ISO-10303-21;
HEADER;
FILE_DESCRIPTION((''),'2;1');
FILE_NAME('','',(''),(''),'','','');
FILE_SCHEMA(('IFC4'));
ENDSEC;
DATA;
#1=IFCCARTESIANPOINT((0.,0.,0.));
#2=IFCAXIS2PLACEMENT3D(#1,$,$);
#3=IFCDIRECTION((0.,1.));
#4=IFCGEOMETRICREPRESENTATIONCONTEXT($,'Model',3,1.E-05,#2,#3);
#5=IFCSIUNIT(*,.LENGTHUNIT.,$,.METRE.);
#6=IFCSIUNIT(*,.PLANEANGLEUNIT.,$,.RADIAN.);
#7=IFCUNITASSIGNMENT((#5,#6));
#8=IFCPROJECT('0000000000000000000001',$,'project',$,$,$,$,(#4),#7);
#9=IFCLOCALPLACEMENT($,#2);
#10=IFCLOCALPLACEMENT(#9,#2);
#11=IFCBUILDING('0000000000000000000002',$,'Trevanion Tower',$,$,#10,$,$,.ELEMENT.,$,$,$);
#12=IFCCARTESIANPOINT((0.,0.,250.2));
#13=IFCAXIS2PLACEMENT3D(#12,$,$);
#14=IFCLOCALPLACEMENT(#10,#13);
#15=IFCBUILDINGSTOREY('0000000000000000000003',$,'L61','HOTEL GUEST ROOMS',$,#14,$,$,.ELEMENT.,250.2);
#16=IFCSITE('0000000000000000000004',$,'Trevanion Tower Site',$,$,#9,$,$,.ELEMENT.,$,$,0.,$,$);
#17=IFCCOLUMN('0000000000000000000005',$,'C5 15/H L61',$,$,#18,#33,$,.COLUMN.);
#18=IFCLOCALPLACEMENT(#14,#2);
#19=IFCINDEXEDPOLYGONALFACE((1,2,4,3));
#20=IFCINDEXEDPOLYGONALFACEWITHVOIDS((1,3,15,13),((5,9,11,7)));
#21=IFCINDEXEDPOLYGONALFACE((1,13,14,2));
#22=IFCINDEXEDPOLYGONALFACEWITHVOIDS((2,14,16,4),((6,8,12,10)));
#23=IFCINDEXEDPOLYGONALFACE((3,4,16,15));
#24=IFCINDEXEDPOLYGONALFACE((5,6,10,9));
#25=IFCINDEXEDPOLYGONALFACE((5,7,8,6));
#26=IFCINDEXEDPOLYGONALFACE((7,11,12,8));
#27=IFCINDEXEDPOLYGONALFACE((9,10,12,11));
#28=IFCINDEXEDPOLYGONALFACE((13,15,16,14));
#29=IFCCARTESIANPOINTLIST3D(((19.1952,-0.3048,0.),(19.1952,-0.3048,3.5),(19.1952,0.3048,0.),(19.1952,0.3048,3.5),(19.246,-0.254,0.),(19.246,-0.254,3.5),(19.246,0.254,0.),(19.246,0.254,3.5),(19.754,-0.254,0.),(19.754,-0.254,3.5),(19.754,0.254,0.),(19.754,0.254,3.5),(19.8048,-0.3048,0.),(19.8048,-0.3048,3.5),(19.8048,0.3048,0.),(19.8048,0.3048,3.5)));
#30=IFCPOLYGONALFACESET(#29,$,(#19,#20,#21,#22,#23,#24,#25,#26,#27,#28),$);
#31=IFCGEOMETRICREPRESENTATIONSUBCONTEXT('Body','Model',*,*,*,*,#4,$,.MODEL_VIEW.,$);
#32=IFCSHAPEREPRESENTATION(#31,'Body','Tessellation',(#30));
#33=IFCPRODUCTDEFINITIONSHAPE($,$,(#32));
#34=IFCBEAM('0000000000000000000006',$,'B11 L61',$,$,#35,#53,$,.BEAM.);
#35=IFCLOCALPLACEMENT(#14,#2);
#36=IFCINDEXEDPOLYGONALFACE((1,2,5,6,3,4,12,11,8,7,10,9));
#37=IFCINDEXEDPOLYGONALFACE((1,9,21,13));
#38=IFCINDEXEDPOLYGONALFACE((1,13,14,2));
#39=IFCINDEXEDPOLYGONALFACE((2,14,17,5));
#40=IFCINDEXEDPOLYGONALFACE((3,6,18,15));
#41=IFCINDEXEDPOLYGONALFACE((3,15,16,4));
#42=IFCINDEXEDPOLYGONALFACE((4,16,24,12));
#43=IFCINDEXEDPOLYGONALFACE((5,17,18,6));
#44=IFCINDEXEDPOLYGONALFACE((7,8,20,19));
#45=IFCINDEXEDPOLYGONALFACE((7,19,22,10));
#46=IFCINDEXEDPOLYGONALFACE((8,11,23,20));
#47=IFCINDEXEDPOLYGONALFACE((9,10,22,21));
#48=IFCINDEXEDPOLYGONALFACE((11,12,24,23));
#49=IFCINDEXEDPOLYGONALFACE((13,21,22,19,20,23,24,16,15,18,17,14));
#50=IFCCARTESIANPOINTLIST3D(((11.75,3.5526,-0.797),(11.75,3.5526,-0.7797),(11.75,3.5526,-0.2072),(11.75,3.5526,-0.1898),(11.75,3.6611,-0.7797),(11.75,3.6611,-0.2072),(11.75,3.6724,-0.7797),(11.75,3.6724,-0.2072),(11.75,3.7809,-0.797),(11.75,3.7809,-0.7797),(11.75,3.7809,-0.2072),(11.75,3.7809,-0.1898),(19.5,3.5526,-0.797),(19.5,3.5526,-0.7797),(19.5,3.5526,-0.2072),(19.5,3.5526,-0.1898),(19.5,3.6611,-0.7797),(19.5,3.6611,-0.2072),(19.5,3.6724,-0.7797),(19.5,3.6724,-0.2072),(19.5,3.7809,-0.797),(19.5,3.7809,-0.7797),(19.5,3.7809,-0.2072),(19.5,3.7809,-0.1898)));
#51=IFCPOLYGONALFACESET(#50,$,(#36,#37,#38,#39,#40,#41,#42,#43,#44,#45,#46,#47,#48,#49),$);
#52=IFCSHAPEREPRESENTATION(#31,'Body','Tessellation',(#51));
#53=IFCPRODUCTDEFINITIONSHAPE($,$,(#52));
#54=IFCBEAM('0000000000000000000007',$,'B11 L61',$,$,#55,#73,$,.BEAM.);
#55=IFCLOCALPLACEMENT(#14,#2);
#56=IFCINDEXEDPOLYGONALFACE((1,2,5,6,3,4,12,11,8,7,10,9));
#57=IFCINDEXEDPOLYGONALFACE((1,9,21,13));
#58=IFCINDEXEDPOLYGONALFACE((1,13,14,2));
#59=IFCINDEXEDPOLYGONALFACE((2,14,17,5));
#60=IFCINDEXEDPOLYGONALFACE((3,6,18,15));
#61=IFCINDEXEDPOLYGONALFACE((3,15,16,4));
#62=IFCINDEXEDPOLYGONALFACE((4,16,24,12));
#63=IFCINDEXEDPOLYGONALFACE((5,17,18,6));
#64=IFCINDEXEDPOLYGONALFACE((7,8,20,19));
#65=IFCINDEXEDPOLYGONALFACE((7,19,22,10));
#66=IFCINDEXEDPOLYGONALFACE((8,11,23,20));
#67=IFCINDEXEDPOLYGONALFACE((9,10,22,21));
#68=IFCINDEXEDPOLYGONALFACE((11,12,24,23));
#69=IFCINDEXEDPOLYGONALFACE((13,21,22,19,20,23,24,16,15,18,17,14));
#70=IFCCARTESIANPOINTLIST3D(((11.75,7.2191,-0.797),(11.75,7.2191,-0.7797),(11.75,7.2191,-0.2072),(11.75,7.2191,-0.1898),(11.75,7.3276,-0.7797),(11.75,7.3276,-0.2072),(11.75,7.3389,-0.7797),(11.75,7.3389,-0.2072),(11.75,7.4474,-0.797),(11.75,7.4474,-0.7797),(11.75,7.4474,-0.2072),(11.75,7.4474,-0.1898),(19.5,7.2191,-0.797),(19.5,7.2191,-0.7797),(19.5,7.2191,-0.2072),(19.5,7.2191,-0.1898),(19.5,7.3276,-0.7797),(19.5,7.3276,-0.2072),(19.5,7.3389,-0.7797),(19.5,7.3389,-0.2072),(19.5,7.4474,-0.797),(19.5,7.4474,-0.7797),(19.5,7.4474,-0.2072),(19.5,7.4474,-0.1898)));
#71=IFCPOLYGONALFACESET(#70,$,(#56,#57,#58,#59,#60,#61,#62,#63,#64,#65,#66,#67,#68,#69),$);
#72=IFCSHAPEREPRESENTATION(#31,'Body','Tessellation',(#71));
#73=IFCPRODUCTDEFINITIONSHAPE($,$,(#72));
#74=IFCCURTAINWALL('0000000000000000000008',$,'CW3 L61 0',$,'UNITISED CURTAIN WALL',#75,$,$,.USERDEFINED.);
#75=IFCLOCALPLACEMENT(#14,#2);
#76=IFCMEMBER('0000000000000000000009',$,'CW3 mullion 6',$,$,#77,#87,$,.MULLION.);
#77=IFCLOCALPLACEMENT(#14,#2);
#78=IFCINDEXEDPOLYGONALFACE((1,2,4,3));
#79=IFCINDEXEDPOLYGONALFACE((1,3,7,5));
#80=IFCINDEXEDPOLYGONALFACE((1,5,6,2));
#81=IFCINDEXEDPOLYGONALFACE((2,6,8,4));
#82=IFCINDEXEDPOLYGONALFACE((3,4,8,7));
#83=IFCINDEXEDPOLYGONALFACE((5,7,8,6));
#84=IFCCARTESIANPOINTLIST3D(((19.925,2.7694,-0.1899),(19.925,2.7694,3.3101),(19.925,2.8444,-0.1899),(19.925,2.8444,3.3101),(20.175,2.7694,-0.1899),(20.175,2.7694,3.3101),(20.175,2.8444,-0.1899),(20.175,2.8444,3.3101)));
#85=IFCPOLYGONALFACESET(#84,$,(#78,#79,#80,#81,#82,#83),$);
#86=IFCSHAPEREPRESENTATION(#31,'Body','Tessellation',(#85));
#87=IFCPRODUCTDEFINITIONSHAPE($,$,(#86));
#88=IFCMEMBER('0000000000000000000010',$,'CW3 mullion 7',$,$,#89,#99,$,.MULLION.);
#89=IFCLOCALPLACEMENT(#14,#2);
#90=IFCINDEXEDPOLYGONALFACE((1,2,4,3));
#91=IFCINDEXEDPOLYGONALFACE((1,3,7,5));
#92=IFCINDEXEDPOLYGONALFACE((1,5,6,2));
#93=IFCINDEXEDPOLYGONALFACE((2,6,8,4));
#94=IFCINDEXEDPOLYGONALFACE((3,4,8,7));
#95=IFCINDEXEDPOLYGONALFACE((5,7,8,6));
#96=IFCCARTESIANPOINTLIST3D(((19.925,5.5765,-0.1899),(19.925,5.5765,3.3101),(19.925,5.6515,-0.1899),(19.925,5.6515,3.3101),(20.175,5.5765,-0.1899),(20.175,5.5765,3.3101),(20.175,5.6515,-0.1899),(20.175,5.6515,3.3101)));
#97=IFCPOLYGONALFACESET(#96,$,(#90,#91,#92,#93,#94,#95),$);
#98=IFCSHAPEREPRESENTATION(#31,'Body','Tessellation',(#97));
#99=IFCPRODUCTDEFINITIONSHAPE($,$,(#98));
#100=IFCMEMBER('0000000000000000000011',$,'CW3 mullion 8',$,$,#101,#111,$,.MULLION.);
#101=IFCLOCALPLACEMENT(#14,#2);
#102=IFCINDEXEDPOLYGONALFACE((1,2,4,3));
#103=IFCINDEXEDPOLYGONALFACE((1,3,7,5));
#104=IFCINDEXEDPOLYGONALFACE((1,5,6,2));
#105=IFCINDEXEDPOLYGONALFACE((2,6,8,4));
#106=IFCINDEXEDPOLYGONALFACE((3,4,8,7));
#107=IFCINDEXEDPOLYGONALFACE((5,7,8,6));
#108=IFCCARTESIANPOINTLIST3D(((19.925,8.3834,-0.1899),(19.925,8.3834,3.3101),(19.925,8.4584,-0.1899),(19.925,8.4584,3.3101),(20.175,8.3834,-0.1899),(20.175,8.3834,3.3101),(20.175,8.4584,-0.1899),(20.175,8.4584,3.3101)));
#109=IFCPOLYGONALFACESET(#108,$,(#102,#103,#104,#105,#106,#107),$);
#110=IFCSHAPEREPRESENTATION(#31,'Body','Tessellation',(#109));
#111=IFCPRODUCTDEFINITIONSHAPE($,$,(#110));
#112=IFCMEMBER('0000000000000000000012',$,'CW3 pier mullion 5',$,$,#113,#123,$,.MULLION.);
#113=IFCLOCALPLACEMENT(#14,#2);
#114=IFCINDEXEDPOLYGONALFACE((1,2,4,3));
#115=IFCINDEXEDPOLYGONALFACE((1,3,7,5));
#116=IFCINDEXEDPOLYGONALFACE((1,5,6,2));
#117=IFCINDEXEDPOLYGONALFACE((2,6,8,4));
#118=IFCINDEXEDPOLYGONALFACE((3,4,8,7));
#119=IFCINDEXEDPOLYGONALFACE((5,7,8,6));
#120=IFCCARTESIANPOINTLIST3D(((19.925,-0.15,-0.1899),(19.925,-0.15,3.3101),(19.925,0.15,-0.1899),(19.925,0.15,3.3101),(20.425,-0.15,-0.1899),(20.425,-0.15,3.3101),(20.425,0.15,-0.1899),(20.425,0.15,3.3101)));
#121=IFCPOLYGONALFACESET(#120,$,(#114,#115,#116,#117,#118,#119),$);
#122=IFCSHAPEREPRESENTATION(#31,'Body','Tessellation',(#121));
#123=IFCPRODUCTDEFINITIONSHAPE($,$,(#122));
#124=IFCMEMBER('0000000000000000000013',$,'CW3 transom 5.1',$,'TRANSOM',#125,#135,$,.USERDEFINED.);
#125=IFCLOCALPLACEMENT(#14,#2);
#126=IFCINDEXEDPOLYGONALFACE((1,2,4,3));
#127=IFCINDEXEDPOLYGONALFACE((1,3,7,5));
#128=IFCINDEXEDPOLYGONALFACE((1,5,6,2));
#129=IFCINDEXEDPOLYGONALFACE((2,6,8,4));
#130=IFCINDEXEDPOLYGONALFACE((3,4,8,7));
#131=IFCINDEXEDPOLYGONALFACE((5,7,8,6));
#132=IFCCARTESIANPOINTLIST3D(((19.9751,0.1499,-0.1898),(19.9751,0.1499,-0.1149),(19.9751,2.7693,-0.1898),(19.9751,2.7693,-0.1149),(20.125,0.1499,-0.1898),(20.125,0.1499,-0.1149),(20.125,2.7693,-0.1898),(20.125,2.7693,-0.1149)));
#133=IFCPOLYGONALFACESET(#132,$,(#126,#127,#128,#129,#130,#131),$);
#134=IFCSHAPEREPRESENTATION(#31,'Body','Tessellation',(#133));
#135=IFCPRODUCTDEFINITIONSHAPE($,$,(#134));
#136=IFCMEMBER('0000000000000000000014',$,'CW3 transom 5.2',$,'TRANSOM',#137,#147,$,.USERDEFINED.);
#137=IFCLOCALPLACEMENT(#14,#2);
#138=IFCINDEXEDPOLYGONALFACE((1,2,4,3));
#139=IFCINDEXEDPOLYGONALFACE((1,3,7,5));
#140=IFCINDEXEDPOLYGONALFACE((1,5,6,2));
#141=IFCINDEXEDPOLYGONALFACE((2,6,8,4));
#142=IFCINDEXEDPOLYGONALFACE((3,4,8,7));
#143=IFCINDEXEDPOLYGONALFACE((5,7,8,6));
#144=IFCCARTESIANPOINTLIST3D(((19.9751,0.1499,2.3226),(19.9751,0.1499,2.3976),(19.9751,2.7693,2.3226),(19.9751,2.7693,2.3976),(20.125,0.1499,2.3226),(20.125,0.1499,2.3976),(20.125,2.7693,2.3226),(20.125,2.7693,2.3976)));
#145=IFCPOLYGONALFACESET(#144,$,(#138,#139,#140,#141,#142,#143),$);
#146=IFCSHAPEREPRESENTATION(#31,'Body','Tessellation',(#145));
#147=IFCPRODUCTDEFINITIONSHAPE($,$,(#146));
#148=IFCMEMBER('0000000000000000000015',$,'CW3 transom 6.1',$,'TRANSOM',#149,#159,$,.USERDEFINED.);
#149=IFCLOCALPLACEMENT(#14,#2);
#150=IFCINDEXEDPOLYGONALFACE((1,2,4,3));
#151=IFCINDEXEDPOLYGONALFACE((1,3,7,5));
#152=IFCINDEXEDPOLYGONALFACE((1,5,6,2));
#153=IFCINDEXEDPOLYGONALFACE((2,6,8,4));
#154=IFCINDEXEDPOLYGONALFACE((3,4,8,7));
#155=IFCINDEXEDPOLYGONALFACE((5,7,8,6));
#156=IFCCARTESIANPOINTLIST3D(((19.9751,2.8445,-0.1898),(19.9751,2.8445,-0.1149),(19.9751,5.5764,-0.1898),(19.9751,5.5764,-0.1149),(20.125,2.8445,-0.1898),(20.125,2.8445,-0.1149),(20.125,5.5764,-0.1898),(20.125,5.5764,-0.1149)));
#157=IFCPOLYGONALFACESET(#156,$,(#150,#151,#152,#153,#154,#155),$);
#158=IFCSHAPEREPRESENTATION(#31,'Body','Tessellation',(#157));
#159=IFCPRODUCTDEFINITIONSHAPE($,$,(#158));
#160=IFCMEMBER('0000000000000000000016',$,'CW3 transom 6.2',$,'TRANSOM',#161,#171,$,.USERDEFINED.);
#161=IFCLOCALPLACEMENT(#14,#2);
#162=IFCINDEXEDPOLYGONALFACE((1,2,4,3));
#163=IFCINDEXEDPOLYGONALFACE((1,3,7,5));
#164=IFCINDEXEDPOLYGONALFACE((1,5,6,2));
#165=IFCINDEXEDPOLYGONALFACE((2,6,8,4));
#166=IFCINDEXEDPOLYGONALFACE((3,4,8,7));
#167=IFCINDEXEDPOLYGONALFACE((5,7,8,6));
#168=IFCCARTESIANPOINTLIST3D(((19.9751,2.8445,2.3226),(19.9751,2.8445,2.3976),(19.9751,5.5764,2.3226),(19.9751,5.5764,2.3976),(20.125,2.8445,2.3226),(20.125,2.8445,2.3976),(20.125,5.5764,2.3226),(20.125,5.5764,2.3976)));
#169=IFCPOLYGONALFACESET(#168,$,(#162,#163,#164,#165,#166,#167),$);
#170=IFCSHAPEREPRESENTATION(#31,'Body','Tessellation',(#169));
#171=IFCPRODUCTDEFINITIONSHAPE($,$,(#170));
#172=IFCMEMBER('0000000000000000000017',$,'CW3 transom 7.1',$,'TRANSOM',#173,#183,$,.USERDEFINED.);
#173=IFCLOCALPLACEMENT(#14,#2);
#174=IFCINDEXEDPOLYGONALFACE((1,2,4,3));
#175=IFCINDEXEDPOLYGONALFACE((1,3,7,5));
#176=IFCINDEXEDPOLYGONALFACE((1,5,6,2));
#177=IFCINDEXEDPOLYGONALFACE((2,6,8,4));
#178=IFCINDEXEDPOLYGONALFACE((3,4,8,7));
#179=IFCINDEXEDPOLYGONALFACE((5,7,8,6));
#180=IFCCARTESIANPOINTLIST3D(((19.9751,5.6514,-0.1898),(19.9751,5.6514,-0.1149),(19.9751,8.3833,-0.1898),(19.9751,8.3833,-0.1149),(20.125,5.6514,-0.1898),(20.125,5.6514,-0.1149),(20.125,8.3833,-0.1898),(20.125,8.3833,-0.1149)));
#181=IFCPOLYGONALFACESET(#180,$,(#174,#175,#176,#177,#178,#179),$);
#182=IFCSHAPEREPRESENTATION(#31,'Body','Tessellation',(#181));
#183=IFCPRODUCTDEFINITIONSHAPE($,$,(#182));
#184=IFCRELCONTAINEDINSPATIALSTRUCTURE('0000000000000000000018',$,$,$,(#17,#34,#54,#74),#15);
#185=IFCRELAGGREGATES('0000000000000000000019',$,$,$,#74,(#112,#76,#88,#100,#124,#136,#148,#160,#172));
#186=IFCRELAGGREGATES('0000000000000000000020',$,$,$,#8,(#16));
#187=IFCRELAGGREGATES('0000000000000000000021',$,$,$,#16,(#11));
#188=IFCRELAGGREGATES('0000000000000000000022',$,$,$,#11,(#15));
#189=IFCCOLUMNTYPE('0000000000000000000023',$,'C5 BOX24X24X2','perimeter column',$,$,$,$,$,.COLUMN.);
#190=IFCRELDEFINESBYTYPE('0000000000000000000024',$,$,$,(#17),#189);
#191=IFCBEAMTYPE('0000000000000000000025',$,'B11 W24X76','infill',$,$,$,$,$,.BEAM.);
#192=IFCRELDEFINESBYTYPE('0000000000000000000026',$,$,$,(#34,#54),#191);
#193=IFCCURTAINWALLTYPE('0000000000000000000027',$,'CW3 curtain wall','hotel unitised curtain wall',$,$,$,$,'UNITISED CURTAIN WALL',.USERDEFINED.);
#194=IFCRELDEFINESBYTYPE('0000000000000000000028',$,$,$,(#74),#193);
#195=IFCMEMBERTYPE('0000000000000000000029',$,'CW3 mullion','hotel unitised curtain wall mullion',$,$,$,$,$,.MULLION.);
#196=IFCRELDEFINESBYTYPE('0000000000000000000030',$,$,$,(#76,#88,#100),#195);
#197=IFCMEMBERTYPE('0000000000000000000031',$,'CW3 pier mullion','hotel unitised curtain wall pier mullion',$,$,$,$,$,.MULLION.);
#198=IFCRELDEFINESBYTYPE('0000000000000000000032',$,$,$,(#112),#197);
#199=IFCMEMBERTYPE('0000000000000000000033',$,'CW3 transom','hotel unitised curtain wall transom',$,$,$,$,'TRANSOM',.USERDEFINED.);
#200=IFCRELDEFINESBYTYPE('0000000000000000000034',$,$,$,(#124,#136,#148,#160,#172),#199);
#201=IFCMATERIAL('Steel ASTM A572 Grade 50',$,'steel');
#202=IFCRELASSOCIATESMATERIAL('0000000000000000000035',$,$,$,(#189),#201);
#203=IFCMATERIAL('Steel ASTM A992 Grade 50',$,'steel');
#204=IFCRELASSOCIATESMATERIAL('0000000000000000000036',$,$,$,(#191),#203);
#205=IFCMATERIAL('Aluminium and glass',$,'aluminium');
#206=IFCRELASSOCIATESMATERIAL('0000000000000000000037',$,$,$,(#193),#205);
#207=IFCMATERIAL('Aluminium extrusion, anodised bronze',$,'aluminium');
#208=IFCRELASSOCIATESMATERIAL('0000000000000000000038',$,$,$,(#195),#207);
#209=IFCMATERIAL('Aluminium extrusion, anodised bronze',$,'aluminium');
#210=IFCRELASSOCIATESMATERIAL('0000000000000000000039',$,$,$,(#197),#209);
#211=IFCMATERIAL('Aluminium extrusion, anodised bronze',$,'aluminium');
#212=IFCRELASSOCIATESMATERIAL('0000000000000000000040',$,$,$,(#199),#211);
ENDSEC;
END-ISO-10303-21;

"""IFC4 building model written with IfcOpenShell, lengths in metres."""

from ifc_helpers import new_model, si_unit, direction, frame, origin, origin_2d, place, context, subcontext, project, spatial, rectangle, hollow_rectangle, i_section, extrude, material, material_profile, profile_set, type_object, element, aggregate, save


model = new_model("IFC4")

# Units and contexts
model_context = context("Model", 3, precision=1e-05, world=origin(), true_north=direction((0.0, 1.0)))
body_context = subcontext(model_context, "Body", "Model", "MODEL_VIEW")
ifc_project = project(units=[si_unit("LENGTHUNIT", "METRE"), si_unit("PLANEANGLEUNIT", "RADIAN")], contexts=[model_context])

# Site, building, storey
site_placement = place(None, origin())
site = spatial("IfcSite", under=ifc_project, at=site_placement, Name="Trevanion Tower Site", CompositionType="ELEMENT", RefElevation=0.0)
building_placement = place(site_placement, origin())
building = spatial("IfcBuilding", under=site, at=building_placement, Name="Trevanion Tower", CompositionType="ELEMENT")
storey_placement = place(building_placement, frame((0.0, 0.0, 250.2)))
storey = spatial("IfcBuildingStorey", under=building, at=storey_placement, Name="L61", Description="HOTEL GUEST ROOMS", CompositionType="ELEMENT", Elevation=250.2)

# Column
ifc_material_1 = material(Name="Steel ASTM A572 Grade 50", Category="steel")
ifc_material_profile_1 = material_profile(ifc_material_1, hollow_rectangle(XDim=0.6096, YDim=0.6096, WallThickness=0.0508, at=origin_2d()), Name="BOX24X24X2")
ifc_profile_set_1 = profile_set([ifc_material_profile_1], Name="Steel ASTM A572 Grade 50")
column_type = type_object("IfcColumnType", Name="C5 BOX24X24X2", Description="perimeter column", PredefinedType="COLUMN", material=ifc_profile_set_1)
column_placement = place(storey_placement, frame((19.5, 0.0, 0.0), z_axis=(0.0, 0.0, 1.0), x_axis=(0.0, 1.0, 0.0)))
element("IfcColumn", 1, at=column_placement, inside=storey, type_object=column_type, Name="C5 15/H L61", PredefinedType="COLUMN", context=body_context, shape_type="SweptSolid", body=[
    extrude(hollow_rectangle(XDim=0.6096, YDim=0.6096, WallThickness=0.0508, at=origin_2d()), origin(), (0.0, 0.0, 1.0), 3.5),
])

# Beams
ifc_material_2 = material(Name="Steel ASTM A992 Grade 50", Category="steel")
ifc_material_profile_2 = material_profile(ifc_material_2, i_section(OverallWidth=0.2283, OverallDepth=0.6072, WebThickness=0.0112, FlangeThickness=0.0173, at=origin_2d()), Name="W24X76")
ifc_profile_set_2 = profile_set([ifc_material_profile_2], Name="Steel ASTM A992 Grade 50")
beam_type_1 = type_object("IfcBeamType", Name="B11 W24X76", Description="infill", PredefinedType="BEAM", material=ifc_profile_set_2)
for number, where, z_axis, x_axis, name in (
    (2, (11.75, 3.6667, -0.4934), (1.0, 0.0, 0.0), (0.0, 1.0, 0.0), "B11 L61"),
    (3, (11.75, 7.3333, -0.4934), (1.0, 0.0, 0.0), (0.0, 1.0, 0.0), "B11 L61"),
):
    element("IfcBeam", number, at=place(storey_placement, frame(where, z_axis=z_axis, x_axis=x_axis)), inside=storey, type_object=beam_type_1, Name=name, PredefinedType="BEAM", context=body_context, shape_type="SweptSolid", body=[
        extrude(i_section(OverallWidth=0.2283, OverallDepth=0.6072, WebThickness=0.0112, FlangeThickness=0.0173, at=origin_2d()), origin(), (0.0, 0.0, 1.0), 7.75),
    ])

# Curtain wall, members
ifc_material_3 = material(Name="Aluminium and glass", Category="aluminium")
curtain_wall_type = type_object("IfcCurtainWallType", Name="CW3 curtain wall", Description="hotel unitised curtain wall", ElementType="UNITISED CURTAIN WALL", PredefinedType="USERDEFINED", material=ifc_material_3)
curtain_wall_placement = place(storey_placement, origin())
curtain_wall = element("IfcCurtainWall", 4, at=curtain_wall_placement, inside=storey, type_object=curtain_wall_type, Name="CW3 L61 0", ObjectType="UNITISED CURTAIN WALL", PredefinedType="USERDEFINED")
ifc_material_4 = material(Name="Aluminium extrusion, anodised bronze", Category="aluminium")
ifc_material_profile_3 = material_profile(ifc_material_4, rectangle(XDim=0.075, YDim=0.25, at=origin_2d()), Name="CW3 mullion")
ifc_profile_set_3 = profile_set([ifc_material_profile_3], Name="Aluminium extrusion, anodised bronze")
member_type_1 = type_object("IfcMemberType", Name="CW3 mullion", Description="hotel unitised curtain wall mullion", PredefinedType="MULLION", material=ifc_profile_set_3)
member_1_placement = place(storey_placement, frame((20.05, 2.8069, -0.1899), z_axis=(0.0, 0.0, 1.0), x_axis=(0.0, 1.0, 0.0)))
member_1 = element("IfcMember", 5, at=member_1_placement, type_object=member_type_1, Name="CW3 mullion 6", PredefinedType="MULLION", context=body_context, shape_type="SweptSolid", body=[
    extrude(rectangle(XDim=0.075, YDim=0.25, at=origin_2d()), origin(), (0.0, 0.0, 1.0), 3.5),
])
member_2_placement = place(storey_placement, frame((20.05, 5.614, -0.1899), z_axis=(0.0, 0.0, 1.0), x_axis=(0.0, 1.0, 0.0)))
member_2 = element("IfcMember", 6, at=member_2_placement, type_object=member_type_1, Name="CW3 mullion 7", PredefinedType="MULLION", context=body_context, shape_type="SweptSolid", body=[
    extrude(rectangle(XDim=0.075, YDim=0.25, at=origin_2d()), origin(), (0.0, 0.0, 1.0), 3.5),
])
member_3_placement = place(storey_placement, frame((20.05, 8.4209, -0.1899), z_axis=(0.0, 0.0, 1.0), x_axis=(0.0, 1.0, 0.0)))
member_3 = element("IfcMember", 7, at=member_3_placement, type_object=member_type_1, Name="CW3 mullion 8", PredefinedType="MULLION", context=body_context, shape_type="SweptSolid", body=[
    extrude(rectangle(XDim=0.075, YDim=0.25, at=origin_2d()), origin(), (0.0, 0.0, 1.0), 3.5),
])
ifc_material_5 = material(Name="Aluminium extrusion, anodised bronze", Category="aluminium")
ifc_material_profile_4 = material_profile(ifc_material_5, rectangle(XDim=0.3, YDim=0.5, at=origin_2d()), Name="CW3 pier mullion")
ifc_profile_set_4 = profile_set([ifc_material_profile_4], Name="Aluminium extrusion, anodised bronze")
member_type_2 = type_object("IfcMemberType", Name="CW3 pier mullion", Description="hotel unitised curtain wall pier mullion", PredefinedType="MULLION", material=ifc_profile_set_4)
member_4_placement = place(storey_placement, frame((20.175, 0.0, -0.1899), z_axis=(0.0, 0.0, 1.0), x_axis=(0.0, 1.0, 0.0)))
member_4 = element("IfcMember", 8, at=member_4_placement, type_object=member_type_2, Name="CW3 pier mullion 5", PredefinedType="MULLION", context=body_context, shape_type="SweptSolid", body=[
    extrude(rectangle(XDim=0.3, YDim=0.5, at=origin_2d()), origin(), (0.0, 0.0, 1.0), 3.5),
])
ifc_material_6 = material(Name="Aluminium extrusion, anodised bronze", Category="aluminium")
ifc_material_profile_5 = material_profile(ifc_material_6, rectangle(XDim=0.1499, YDim=0.075, at=origin_2d()), Name="CW3 transom")
ifc_profile_set_5 = profile_set([ifc_material_profile_5], Name="Aluminium extrusion, anodised bronze")
member_type_3 = type_object("IfcMemberType", Name="CW3 transom", Description="hotel unitised curtain wall transom", ElementType="TRANSOM", PredefinedType="USERDEFINED", material=ifc_profile_set_5)
member_5_placement = place(storey_placement, frame((20.05, 0.1499, -0.1523), z_axis=(0.0, 1.0, 0.0), x_axis=(-1.0, 0.0, 0.0)))
member_5 = element("IfcMember", 9, at=member_5_placement, type_object=member_type_3, Name="CW3 transom 5.1", ObjectType="TRANSOM", PredefinedType="USERDEFINED", context=body_context, shape_type="SweptSolid", body=[
    extrude(rectangle(XDim=0.1499, YDim=0.075, at=origin_2d()), origin(), (0.0, 0.0, 1.0), 2.6194),
])
member_6_placement = place(storey_placement, frame((20.05, 0.1499, 2.3601), z_axis=(0.0, 1.0, 0.0), x_axis=(-1.0, 0.0, 0.0)))
member_6 = element("IfcMember", 10, at=member_6_placement, type_object=member_type_3, Name="CW3 transom 5.2", ObjectType="TRANSOM", PredefinedType="USERDEFINED", context=body_context, shape_type="SweptSolid", body=[
    extrude(rectangle(XDim=0.1499, YDim=0.075, at=origin_2d()), origin(), (0.0, 0.0, 1.0), 2.6194),
])
member_7_placement = place(storey_placement, frame((20.05, 2.8445, -0.1523), z_axis=(0.0, 1.0, 0.0), x_axis=(-1.0, 0.0, 0.0)))
member_7 = element("IfcMember", 11, at=member_7_placement, type_object=member_type_3, Name="CW3 transom 6.1", ObjectType="TRANSOM", PredefinedType="USERDEFINED", context=body_context, shape_type="SweptSolid", body=[
    extrude(rectangle(XDim=0.1499, YDim=0.075, at=origin_2d()), origin(), (0.0, 0.0, 1.0), 2.7319),
])
member_8_placement = place(storey_placement, frame((20.05, 2.8445, 2.3601), z_axis=(0.0, 1.0, 0.0), x_axis=(-1.0, 0.0, 0.0)))
member_8 = element("IfcMember", 12, at=member_8_placement, type_object=member_type_3, Name="CW3 transom 6.2", ObjectType="TRANSOM", PredefinedType="USERDEFINED", context=body_context, shape_type="SweptSolid", body=[
    extrude(rectangle(XDim=0.1499, YDim=0.075, at=origin_2d()), origin(), (0.0, 0.0, 1.0), 2.7319),
])
member_9_placement = place(storey_placement, frame((20.05, 5.6514, -0.1523), z_axis=(0.0, 1.0, 0.0), x_axis=(-1.0, 0.0, 0.0)))
member_9 = element("IfcMember", 13, at=member_9_placement, type_object=member_type_3, Name="CW3 transom 7.1", ObjectType="TRANSOM", PredefinedType="USERDEFINED", context=body_context, shape_type="SweptSolid", body=[
    extrude(rectangle(XDim=0.1499, YDim=0.075, at=origin_2d()), origin(), (0.0, 0.0, 1.0), 2.7319),
])

aggregate(curtain_wall, [member_4, member_1, member_2, member_3, member_5, member_6, member_7, member_8, member_9])

save(model, "model.ifc")
